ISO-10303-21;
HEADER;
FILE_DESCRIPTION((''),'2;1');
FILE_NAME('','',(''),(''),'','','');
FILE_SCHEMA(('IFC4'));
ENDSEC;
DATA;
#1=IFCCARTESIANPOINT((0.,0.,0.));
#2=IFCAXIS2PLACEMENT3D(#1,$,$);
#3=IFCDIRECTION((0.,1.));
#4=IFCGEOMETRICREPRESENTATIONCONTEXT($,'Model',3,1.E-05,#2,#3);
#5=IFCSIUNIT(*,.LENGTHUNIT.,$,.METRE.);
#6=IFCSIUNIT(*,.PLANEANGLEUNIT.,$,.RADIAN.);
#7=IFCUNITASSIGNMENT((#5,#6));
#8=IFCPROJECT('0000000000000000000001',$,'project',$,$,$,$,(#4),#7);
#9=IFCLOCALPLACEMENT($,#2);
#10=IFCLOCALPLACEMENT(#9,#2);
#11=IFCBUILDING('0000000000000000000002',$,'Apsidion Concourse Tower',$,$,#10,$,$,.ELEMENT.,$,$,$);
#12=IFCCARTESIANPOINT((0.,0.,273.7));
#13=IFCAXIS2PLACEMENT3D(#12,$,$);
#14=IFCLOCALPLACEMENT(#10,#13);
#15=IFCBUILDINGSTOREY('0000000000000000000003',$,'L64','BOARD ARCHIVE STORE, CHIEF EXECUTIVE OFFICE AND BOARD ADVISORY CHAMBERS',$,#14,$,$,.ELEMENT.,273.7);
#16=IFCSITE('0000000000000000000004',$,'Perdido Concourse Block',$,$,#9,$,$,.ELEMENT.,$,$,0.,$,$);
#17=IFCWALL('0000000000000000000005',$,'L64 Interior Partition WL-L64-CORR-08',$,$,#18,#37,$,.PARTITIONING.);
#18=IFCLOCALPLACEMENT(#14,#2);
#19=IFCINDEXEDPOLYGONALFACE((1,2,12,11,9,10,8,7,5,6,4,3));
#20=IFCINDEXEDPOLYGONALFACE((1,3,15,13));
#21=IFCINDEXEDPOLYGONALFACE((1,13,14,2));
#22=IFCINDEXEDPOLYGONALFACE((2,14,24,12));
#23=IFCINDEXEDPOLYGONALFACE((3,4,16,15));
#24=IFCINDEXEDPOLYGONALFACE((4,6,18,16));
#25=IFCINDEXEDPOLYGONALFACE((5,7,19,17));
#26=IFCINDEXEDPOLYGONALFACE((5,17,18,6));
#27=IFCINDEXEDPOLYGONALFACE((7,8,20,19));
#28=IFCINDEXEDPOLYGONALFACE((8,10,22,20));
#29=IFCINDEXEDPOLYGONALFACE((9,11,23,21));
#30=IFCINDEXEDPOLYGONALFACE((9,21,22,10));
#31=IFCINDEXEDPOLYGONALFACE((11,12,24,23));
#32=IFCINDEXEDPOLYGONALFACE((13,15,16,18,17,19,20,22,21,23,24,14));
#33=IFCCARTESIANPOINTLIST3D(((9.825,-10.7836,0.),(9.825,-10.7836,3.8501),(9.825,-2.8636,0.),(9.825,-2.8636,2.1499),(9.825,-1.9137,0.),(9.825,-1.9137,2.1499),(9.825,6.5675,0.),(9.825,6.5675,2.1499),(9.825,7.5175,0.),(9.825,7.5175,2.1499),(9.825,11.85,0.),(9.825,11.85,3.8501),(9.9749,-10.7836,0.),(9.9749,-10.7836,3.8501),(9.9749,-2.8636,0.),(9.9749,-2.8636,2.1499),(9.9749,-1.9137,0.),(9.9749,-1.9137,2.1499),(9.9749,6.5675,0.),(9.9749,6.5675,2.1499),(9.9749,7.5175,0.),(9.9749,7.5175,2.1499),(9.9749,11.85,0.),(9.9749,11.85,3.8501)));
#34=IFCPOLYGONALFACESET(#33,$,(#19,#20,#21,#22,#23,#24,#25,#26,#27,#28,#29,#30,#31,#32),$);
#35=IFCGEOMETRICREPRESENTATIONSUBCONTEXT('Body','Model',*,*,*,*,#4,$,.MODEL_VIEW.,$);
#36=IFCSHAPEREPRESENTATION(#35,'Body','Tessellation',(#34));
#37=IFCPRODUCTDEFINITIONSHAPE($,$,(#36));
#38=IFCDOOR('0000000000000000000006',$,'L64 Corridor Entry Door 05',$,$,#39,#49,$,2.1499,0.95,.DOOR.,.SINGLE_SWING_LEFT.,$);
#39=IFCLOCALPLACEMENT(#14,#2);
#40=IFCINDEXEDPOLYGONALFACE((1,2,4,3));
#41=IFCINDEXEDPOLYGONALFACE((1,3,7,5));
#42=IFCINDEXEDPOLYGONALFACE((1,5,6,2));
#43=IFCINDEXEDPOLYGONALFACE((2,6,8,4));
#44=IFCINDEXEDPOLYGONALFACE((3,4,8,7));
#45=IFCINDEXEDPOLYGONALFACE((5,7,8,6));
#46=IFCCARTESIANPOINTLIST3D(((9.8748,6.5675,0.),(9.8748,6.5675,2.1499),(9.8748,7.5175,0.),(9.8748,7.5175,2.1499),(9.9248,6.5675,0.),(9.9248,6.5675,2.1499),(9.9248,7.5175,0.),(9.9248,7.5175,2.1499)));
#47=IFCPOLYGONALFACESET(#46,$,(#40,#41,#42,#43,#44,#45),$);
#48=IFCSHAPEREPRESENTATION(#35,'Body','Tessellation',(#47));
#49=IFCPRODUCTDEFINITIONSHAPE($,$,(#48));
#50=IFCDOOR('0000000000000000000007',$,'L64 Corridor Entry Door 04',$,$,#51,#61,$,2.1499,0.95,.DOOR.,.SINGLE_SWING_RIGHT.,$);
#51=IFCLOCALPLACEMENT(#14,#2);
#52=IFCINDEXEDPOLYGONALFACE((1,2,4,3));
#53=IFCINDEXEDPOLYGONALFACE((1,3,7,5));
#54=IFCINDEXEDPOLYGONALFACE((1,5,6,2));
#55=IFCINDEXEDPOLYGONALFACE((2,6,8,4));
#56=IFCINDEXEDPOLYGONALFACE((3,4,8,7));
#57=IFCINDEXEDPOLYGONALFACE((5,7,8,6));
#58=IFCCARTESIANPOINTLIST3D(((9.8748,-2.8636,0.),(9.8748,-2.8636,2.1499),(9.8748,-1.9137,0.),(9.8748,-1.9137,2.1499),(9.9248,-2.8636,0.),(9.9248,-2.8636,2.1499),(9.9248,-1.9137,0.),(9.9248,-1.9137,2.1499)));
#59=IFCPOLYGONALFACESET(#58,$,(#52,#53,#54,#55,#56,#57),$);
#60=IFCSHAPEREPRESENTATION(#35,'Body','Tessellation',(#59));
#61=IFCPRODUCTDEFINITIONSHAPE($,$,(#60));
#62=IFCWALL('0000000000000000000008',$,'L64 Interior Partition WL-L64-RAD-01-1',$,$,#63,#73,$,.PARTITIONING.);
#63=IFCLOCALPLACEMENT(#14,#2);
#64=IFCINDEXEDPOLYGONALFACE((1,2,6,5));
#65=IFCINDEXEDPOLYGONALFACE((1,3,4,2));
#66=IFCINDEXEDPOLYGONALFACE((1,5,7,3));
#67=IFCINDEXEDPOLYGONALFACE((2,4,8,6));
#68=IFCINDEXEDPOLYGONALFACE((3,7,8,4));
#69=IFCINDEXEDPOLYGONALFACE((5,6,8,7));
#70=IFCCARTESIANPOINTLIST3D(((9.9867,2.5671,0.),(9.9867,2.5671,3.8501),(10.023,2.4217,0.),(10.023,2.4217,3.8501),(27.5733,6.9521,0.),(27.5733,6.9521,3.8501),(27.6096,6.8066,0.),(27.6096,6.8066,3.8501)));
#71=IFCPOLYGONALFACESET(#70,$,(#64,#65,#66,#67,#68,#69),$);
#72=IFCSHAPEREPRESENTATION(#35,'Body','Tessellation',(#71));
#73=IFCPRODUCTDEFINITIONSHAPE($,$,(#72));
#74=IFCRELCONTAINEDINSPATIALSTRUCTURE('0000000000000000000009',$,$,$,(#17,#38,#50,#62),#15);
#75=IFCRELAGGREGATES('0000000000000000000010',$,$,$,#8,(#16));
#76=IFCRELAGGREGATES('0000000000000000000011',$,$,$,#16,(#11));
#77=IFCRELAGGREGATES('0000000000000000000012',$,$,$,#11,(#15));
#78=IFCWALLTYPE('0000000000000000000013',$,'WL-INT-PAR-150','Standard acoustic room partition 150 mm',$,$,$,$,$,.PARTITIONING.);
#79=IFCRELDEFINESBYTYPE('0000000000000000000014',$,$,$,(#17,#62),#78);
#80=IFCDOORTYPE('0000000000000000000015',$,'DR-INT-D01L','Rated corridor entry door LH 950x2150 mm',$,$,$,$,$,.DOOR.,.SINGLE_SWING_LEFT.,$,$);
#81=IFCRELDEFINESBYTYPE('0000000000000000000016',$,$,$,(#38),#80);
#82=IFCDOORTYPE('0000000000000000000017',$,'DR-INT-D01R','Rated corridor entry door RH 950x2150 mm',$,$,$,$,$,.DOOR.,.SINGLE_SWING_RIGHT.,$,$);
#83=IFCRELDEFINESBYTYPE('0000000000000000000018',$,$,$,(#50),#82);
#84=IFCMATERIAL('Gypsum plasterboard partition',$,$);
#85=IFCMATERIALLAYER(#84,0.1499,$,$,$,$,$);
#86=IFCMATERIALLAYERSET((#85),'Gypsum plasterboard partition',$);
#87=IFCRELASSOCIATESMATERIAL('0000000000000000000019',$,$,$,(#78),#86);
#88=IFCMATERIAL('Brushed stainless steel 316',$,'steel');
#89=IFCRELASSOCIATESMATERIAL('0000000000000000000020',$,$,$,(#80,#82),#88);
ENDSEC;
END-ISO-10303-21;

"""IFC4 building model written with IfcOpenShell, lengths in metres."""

from ifc_helpers import new_model, si_unit, direction, frame, frame_2d, origin, place, context, subcontext, project, spatial, rectangle, extrude, material, layer, layer_set, type_object, element, fill, save


model = new_model("IFC4")

# Units and contexts
model_context = context("Model", 3, precision=1e-05, world=origin(), true_north=direction((0.0, 1.0)))
body_context = subcontext(model_context, "Body", "Model", "MODEL_VIEW")
ifc_project = project(units=[si_unit("LENGTHUNIT", "METRE"), si_unit("PLANEANGLEUNIT", "RADIAN")], contexts=[model_context])

# Site, building, storey
site_placement = place(None, origin())
site = spatial("IfcSite", under=ifc_project, at=site_placement, Name="Perdido Concourse Block", CompositionType="ELEMENT", RefElevation=0.0)
building_placement = place(site_placement, origin())
building = spatial("IfcBuilding", under=site, at=building_placement, Name="Apsidion Concourse Tower", CompositionType="ELEMENT")
storey_placement = place(building_placement, frame((0.0, 0.0, 273.7)))
storey = spatial("IfcBuildingStorey", under=building, at=storey_placement, Name="L64", Description="BOARD ARCHIVE STORE, CHIEF EXECUTIVE OFFICE AND BOARD ADVISORY CHAMBERS", CompositionType="ELEMENT", Elevation=273.7)

# Wall, openings, doors
ifc_material_1 = material(Name="Gypsum plasterboard partition")
ifc_layer_1 = layer(ifc_material_1, 0.1499)
ifc_layer_set_1 = layer_set([ifc_layer_1], Name="Gypsum plasterboard partition")
wall_type_1 = type_object("IfcWallType", Name="WL-INT-PAR-150", Description="Standard acoustic room partition 150 mm", PredefinedType="PARTITIONING", material=ifc_layer_set_1)
wall_1_placement = place(storey_placement, frame((9.8999, 11.8501, 0.0), z_axis=(0.0, 0.0, 1.0), x_axis=(0.0, -1.0, 0.0)))
wall_1 = element("IfcWall", 1, at=wall_1_placement, inside=storey, type_object=wall_type_1, Name="L64 Interior Partition WL-L64-CORR-08", PredefinedType="PARTITIONING", context=body_context, shape_type="SweptSolid", body=[
    extrude(rectangle(XDim=22.6335, YDim=0.1499, at=frame_2d((11.3169, 0.0))), origin(), (0.0, 0.0, 1.0), 3.8501),
])
opening_1_placement = place(wall_1_placement, frame((13.7637, 0.0, 0.0)))
opening_1 = element("IfcOpeningElement", 2, at=opening_1_placement, cuts=wall_1, PredefinedType="OPENING", context=body_context, shape_type="SweptSolid", body=[
    extrude(rectangle(XDim=0.95, YDim=2.1499, at=frame_2d((0.4751, 1.075))), frame((0.0, 0.085, 0.0), z_axis=(0.0, -1.0, 0.0), x_axis=(1.0, 0.0, 0.0)), (0.0, 0.0, 1.0), 0.1699),
])
opening_2_placement = place(wall_1_placement, frame((4.3325, 0.0, 0.0)))
opening_2 = element("IfcOpeningElement", 3, at=opening_2_placement, cuts=wall_1, PredefinedType="OPENING", context=body_context, shape_type="SweptSolid", body=[
    extrude(rectangle(XDim=0.95, YDim=2.1499, at=frame_2d((0.4751, 1.075))), frame((0.0, 0.085, 0.0), z_axis=(0.0, -1.0, 0.0), x_axis=(1.0, 0.0, 0.0)), (0.0, 0.0, 1.0), 0.1699),
])
ifc_material_2 = material(Name="Brushed stainless steel 316", Category="steel")
door_type_1 = type_object("IfcDoorType", Name="DR-INT-D01L", Description="Rated corridor entry door LH 950x2150 mm", OperationType="SINGLE_SWING_LEFT", PredefinedType="DOOR", material=ifc_material_2)
door_1_placement = place(opening_2_placement, origin())
door_1 = element("IfcDoor", 4, at=door_1_placement, inside=storey, type_object=door_type_1, Name="L64 Corridor Entry Door 05", OperationType="SINGLE_SWING_LEFT", OverallHeight=2.1499, OverallWidth=0.95, PredefinedType="DOOR", context=body_context, shape_type="SweptSolid", body=[
    extrude(rectangle(XDim=0.95, YDim=2.1499, at=frame_2d((0.4751, 1.075))), frame((0.0, 0.0249, 0.0), z_axis=(0.0, -1.0, 0.0), x_axis=(1.0, 0.0, 0.0)), (0.0, 0.0, 1.0), 0.05),
])
fill(opening_2, door_1)
door_type_2 = type_object("IfcDoorType", Name="DR-INT-D01R", Description="Rated corridor entry door RH 950x2150 mm", OperationType="SINGLE_SWING_RIGHT", PredefinedType="DOOR", material=ifc_material_2)
door_2_placement = place(opening_1_placement, origin())
door_2 = element("IfcDoor", 5, at=door_2_placement, inside=storey, type_object=door_type_2, Name="L64 Corridor Entry Door 04", OperationType="SINGLE_SWING_RIGHT", OverallHeight=2.1499, OverallWidth=0.95, PredefinedType="DOOR", context=body_context, shape_type="SweptSolid", body=[
    extrude(rectangle(XDim=0.95, YDim=2.1499, at=frame_2d((0.4751, 1.075))), frame((0.0, 0.0249, 0.0), z_axis=(0.0, -1.0, 0.0), x_axis=(1.0, 0.0, 0.0)), (0.0, 0.0, 1.0), 0.05),
])
fill(opening_1, door_2)

# Wall
wall_2_placement = place(storey_placement, frame((10.0049, 2.4944, 0.0), z_axis=(0.0, 0.0, 1.0), x_axis=(0.970294, 0.24193, 0.0)))
element("IfcWall", 6, at=wall_2_placement, inside=storey, type_object=wall_type_1, Name="L64 Interior Partition WL-L64-RAD-01-1", PredefinedType="PARTITIONING", context=body_context, shape_type="SweptSolid", body=[
    extrude(rectangle(XDim=18.125, YDim=0.1499, at=frame_2d((9.0625, 0.0))), origin(), (0.0, 0.0, 1.0), 3.8501),
])

save(model, "model.ifc")
